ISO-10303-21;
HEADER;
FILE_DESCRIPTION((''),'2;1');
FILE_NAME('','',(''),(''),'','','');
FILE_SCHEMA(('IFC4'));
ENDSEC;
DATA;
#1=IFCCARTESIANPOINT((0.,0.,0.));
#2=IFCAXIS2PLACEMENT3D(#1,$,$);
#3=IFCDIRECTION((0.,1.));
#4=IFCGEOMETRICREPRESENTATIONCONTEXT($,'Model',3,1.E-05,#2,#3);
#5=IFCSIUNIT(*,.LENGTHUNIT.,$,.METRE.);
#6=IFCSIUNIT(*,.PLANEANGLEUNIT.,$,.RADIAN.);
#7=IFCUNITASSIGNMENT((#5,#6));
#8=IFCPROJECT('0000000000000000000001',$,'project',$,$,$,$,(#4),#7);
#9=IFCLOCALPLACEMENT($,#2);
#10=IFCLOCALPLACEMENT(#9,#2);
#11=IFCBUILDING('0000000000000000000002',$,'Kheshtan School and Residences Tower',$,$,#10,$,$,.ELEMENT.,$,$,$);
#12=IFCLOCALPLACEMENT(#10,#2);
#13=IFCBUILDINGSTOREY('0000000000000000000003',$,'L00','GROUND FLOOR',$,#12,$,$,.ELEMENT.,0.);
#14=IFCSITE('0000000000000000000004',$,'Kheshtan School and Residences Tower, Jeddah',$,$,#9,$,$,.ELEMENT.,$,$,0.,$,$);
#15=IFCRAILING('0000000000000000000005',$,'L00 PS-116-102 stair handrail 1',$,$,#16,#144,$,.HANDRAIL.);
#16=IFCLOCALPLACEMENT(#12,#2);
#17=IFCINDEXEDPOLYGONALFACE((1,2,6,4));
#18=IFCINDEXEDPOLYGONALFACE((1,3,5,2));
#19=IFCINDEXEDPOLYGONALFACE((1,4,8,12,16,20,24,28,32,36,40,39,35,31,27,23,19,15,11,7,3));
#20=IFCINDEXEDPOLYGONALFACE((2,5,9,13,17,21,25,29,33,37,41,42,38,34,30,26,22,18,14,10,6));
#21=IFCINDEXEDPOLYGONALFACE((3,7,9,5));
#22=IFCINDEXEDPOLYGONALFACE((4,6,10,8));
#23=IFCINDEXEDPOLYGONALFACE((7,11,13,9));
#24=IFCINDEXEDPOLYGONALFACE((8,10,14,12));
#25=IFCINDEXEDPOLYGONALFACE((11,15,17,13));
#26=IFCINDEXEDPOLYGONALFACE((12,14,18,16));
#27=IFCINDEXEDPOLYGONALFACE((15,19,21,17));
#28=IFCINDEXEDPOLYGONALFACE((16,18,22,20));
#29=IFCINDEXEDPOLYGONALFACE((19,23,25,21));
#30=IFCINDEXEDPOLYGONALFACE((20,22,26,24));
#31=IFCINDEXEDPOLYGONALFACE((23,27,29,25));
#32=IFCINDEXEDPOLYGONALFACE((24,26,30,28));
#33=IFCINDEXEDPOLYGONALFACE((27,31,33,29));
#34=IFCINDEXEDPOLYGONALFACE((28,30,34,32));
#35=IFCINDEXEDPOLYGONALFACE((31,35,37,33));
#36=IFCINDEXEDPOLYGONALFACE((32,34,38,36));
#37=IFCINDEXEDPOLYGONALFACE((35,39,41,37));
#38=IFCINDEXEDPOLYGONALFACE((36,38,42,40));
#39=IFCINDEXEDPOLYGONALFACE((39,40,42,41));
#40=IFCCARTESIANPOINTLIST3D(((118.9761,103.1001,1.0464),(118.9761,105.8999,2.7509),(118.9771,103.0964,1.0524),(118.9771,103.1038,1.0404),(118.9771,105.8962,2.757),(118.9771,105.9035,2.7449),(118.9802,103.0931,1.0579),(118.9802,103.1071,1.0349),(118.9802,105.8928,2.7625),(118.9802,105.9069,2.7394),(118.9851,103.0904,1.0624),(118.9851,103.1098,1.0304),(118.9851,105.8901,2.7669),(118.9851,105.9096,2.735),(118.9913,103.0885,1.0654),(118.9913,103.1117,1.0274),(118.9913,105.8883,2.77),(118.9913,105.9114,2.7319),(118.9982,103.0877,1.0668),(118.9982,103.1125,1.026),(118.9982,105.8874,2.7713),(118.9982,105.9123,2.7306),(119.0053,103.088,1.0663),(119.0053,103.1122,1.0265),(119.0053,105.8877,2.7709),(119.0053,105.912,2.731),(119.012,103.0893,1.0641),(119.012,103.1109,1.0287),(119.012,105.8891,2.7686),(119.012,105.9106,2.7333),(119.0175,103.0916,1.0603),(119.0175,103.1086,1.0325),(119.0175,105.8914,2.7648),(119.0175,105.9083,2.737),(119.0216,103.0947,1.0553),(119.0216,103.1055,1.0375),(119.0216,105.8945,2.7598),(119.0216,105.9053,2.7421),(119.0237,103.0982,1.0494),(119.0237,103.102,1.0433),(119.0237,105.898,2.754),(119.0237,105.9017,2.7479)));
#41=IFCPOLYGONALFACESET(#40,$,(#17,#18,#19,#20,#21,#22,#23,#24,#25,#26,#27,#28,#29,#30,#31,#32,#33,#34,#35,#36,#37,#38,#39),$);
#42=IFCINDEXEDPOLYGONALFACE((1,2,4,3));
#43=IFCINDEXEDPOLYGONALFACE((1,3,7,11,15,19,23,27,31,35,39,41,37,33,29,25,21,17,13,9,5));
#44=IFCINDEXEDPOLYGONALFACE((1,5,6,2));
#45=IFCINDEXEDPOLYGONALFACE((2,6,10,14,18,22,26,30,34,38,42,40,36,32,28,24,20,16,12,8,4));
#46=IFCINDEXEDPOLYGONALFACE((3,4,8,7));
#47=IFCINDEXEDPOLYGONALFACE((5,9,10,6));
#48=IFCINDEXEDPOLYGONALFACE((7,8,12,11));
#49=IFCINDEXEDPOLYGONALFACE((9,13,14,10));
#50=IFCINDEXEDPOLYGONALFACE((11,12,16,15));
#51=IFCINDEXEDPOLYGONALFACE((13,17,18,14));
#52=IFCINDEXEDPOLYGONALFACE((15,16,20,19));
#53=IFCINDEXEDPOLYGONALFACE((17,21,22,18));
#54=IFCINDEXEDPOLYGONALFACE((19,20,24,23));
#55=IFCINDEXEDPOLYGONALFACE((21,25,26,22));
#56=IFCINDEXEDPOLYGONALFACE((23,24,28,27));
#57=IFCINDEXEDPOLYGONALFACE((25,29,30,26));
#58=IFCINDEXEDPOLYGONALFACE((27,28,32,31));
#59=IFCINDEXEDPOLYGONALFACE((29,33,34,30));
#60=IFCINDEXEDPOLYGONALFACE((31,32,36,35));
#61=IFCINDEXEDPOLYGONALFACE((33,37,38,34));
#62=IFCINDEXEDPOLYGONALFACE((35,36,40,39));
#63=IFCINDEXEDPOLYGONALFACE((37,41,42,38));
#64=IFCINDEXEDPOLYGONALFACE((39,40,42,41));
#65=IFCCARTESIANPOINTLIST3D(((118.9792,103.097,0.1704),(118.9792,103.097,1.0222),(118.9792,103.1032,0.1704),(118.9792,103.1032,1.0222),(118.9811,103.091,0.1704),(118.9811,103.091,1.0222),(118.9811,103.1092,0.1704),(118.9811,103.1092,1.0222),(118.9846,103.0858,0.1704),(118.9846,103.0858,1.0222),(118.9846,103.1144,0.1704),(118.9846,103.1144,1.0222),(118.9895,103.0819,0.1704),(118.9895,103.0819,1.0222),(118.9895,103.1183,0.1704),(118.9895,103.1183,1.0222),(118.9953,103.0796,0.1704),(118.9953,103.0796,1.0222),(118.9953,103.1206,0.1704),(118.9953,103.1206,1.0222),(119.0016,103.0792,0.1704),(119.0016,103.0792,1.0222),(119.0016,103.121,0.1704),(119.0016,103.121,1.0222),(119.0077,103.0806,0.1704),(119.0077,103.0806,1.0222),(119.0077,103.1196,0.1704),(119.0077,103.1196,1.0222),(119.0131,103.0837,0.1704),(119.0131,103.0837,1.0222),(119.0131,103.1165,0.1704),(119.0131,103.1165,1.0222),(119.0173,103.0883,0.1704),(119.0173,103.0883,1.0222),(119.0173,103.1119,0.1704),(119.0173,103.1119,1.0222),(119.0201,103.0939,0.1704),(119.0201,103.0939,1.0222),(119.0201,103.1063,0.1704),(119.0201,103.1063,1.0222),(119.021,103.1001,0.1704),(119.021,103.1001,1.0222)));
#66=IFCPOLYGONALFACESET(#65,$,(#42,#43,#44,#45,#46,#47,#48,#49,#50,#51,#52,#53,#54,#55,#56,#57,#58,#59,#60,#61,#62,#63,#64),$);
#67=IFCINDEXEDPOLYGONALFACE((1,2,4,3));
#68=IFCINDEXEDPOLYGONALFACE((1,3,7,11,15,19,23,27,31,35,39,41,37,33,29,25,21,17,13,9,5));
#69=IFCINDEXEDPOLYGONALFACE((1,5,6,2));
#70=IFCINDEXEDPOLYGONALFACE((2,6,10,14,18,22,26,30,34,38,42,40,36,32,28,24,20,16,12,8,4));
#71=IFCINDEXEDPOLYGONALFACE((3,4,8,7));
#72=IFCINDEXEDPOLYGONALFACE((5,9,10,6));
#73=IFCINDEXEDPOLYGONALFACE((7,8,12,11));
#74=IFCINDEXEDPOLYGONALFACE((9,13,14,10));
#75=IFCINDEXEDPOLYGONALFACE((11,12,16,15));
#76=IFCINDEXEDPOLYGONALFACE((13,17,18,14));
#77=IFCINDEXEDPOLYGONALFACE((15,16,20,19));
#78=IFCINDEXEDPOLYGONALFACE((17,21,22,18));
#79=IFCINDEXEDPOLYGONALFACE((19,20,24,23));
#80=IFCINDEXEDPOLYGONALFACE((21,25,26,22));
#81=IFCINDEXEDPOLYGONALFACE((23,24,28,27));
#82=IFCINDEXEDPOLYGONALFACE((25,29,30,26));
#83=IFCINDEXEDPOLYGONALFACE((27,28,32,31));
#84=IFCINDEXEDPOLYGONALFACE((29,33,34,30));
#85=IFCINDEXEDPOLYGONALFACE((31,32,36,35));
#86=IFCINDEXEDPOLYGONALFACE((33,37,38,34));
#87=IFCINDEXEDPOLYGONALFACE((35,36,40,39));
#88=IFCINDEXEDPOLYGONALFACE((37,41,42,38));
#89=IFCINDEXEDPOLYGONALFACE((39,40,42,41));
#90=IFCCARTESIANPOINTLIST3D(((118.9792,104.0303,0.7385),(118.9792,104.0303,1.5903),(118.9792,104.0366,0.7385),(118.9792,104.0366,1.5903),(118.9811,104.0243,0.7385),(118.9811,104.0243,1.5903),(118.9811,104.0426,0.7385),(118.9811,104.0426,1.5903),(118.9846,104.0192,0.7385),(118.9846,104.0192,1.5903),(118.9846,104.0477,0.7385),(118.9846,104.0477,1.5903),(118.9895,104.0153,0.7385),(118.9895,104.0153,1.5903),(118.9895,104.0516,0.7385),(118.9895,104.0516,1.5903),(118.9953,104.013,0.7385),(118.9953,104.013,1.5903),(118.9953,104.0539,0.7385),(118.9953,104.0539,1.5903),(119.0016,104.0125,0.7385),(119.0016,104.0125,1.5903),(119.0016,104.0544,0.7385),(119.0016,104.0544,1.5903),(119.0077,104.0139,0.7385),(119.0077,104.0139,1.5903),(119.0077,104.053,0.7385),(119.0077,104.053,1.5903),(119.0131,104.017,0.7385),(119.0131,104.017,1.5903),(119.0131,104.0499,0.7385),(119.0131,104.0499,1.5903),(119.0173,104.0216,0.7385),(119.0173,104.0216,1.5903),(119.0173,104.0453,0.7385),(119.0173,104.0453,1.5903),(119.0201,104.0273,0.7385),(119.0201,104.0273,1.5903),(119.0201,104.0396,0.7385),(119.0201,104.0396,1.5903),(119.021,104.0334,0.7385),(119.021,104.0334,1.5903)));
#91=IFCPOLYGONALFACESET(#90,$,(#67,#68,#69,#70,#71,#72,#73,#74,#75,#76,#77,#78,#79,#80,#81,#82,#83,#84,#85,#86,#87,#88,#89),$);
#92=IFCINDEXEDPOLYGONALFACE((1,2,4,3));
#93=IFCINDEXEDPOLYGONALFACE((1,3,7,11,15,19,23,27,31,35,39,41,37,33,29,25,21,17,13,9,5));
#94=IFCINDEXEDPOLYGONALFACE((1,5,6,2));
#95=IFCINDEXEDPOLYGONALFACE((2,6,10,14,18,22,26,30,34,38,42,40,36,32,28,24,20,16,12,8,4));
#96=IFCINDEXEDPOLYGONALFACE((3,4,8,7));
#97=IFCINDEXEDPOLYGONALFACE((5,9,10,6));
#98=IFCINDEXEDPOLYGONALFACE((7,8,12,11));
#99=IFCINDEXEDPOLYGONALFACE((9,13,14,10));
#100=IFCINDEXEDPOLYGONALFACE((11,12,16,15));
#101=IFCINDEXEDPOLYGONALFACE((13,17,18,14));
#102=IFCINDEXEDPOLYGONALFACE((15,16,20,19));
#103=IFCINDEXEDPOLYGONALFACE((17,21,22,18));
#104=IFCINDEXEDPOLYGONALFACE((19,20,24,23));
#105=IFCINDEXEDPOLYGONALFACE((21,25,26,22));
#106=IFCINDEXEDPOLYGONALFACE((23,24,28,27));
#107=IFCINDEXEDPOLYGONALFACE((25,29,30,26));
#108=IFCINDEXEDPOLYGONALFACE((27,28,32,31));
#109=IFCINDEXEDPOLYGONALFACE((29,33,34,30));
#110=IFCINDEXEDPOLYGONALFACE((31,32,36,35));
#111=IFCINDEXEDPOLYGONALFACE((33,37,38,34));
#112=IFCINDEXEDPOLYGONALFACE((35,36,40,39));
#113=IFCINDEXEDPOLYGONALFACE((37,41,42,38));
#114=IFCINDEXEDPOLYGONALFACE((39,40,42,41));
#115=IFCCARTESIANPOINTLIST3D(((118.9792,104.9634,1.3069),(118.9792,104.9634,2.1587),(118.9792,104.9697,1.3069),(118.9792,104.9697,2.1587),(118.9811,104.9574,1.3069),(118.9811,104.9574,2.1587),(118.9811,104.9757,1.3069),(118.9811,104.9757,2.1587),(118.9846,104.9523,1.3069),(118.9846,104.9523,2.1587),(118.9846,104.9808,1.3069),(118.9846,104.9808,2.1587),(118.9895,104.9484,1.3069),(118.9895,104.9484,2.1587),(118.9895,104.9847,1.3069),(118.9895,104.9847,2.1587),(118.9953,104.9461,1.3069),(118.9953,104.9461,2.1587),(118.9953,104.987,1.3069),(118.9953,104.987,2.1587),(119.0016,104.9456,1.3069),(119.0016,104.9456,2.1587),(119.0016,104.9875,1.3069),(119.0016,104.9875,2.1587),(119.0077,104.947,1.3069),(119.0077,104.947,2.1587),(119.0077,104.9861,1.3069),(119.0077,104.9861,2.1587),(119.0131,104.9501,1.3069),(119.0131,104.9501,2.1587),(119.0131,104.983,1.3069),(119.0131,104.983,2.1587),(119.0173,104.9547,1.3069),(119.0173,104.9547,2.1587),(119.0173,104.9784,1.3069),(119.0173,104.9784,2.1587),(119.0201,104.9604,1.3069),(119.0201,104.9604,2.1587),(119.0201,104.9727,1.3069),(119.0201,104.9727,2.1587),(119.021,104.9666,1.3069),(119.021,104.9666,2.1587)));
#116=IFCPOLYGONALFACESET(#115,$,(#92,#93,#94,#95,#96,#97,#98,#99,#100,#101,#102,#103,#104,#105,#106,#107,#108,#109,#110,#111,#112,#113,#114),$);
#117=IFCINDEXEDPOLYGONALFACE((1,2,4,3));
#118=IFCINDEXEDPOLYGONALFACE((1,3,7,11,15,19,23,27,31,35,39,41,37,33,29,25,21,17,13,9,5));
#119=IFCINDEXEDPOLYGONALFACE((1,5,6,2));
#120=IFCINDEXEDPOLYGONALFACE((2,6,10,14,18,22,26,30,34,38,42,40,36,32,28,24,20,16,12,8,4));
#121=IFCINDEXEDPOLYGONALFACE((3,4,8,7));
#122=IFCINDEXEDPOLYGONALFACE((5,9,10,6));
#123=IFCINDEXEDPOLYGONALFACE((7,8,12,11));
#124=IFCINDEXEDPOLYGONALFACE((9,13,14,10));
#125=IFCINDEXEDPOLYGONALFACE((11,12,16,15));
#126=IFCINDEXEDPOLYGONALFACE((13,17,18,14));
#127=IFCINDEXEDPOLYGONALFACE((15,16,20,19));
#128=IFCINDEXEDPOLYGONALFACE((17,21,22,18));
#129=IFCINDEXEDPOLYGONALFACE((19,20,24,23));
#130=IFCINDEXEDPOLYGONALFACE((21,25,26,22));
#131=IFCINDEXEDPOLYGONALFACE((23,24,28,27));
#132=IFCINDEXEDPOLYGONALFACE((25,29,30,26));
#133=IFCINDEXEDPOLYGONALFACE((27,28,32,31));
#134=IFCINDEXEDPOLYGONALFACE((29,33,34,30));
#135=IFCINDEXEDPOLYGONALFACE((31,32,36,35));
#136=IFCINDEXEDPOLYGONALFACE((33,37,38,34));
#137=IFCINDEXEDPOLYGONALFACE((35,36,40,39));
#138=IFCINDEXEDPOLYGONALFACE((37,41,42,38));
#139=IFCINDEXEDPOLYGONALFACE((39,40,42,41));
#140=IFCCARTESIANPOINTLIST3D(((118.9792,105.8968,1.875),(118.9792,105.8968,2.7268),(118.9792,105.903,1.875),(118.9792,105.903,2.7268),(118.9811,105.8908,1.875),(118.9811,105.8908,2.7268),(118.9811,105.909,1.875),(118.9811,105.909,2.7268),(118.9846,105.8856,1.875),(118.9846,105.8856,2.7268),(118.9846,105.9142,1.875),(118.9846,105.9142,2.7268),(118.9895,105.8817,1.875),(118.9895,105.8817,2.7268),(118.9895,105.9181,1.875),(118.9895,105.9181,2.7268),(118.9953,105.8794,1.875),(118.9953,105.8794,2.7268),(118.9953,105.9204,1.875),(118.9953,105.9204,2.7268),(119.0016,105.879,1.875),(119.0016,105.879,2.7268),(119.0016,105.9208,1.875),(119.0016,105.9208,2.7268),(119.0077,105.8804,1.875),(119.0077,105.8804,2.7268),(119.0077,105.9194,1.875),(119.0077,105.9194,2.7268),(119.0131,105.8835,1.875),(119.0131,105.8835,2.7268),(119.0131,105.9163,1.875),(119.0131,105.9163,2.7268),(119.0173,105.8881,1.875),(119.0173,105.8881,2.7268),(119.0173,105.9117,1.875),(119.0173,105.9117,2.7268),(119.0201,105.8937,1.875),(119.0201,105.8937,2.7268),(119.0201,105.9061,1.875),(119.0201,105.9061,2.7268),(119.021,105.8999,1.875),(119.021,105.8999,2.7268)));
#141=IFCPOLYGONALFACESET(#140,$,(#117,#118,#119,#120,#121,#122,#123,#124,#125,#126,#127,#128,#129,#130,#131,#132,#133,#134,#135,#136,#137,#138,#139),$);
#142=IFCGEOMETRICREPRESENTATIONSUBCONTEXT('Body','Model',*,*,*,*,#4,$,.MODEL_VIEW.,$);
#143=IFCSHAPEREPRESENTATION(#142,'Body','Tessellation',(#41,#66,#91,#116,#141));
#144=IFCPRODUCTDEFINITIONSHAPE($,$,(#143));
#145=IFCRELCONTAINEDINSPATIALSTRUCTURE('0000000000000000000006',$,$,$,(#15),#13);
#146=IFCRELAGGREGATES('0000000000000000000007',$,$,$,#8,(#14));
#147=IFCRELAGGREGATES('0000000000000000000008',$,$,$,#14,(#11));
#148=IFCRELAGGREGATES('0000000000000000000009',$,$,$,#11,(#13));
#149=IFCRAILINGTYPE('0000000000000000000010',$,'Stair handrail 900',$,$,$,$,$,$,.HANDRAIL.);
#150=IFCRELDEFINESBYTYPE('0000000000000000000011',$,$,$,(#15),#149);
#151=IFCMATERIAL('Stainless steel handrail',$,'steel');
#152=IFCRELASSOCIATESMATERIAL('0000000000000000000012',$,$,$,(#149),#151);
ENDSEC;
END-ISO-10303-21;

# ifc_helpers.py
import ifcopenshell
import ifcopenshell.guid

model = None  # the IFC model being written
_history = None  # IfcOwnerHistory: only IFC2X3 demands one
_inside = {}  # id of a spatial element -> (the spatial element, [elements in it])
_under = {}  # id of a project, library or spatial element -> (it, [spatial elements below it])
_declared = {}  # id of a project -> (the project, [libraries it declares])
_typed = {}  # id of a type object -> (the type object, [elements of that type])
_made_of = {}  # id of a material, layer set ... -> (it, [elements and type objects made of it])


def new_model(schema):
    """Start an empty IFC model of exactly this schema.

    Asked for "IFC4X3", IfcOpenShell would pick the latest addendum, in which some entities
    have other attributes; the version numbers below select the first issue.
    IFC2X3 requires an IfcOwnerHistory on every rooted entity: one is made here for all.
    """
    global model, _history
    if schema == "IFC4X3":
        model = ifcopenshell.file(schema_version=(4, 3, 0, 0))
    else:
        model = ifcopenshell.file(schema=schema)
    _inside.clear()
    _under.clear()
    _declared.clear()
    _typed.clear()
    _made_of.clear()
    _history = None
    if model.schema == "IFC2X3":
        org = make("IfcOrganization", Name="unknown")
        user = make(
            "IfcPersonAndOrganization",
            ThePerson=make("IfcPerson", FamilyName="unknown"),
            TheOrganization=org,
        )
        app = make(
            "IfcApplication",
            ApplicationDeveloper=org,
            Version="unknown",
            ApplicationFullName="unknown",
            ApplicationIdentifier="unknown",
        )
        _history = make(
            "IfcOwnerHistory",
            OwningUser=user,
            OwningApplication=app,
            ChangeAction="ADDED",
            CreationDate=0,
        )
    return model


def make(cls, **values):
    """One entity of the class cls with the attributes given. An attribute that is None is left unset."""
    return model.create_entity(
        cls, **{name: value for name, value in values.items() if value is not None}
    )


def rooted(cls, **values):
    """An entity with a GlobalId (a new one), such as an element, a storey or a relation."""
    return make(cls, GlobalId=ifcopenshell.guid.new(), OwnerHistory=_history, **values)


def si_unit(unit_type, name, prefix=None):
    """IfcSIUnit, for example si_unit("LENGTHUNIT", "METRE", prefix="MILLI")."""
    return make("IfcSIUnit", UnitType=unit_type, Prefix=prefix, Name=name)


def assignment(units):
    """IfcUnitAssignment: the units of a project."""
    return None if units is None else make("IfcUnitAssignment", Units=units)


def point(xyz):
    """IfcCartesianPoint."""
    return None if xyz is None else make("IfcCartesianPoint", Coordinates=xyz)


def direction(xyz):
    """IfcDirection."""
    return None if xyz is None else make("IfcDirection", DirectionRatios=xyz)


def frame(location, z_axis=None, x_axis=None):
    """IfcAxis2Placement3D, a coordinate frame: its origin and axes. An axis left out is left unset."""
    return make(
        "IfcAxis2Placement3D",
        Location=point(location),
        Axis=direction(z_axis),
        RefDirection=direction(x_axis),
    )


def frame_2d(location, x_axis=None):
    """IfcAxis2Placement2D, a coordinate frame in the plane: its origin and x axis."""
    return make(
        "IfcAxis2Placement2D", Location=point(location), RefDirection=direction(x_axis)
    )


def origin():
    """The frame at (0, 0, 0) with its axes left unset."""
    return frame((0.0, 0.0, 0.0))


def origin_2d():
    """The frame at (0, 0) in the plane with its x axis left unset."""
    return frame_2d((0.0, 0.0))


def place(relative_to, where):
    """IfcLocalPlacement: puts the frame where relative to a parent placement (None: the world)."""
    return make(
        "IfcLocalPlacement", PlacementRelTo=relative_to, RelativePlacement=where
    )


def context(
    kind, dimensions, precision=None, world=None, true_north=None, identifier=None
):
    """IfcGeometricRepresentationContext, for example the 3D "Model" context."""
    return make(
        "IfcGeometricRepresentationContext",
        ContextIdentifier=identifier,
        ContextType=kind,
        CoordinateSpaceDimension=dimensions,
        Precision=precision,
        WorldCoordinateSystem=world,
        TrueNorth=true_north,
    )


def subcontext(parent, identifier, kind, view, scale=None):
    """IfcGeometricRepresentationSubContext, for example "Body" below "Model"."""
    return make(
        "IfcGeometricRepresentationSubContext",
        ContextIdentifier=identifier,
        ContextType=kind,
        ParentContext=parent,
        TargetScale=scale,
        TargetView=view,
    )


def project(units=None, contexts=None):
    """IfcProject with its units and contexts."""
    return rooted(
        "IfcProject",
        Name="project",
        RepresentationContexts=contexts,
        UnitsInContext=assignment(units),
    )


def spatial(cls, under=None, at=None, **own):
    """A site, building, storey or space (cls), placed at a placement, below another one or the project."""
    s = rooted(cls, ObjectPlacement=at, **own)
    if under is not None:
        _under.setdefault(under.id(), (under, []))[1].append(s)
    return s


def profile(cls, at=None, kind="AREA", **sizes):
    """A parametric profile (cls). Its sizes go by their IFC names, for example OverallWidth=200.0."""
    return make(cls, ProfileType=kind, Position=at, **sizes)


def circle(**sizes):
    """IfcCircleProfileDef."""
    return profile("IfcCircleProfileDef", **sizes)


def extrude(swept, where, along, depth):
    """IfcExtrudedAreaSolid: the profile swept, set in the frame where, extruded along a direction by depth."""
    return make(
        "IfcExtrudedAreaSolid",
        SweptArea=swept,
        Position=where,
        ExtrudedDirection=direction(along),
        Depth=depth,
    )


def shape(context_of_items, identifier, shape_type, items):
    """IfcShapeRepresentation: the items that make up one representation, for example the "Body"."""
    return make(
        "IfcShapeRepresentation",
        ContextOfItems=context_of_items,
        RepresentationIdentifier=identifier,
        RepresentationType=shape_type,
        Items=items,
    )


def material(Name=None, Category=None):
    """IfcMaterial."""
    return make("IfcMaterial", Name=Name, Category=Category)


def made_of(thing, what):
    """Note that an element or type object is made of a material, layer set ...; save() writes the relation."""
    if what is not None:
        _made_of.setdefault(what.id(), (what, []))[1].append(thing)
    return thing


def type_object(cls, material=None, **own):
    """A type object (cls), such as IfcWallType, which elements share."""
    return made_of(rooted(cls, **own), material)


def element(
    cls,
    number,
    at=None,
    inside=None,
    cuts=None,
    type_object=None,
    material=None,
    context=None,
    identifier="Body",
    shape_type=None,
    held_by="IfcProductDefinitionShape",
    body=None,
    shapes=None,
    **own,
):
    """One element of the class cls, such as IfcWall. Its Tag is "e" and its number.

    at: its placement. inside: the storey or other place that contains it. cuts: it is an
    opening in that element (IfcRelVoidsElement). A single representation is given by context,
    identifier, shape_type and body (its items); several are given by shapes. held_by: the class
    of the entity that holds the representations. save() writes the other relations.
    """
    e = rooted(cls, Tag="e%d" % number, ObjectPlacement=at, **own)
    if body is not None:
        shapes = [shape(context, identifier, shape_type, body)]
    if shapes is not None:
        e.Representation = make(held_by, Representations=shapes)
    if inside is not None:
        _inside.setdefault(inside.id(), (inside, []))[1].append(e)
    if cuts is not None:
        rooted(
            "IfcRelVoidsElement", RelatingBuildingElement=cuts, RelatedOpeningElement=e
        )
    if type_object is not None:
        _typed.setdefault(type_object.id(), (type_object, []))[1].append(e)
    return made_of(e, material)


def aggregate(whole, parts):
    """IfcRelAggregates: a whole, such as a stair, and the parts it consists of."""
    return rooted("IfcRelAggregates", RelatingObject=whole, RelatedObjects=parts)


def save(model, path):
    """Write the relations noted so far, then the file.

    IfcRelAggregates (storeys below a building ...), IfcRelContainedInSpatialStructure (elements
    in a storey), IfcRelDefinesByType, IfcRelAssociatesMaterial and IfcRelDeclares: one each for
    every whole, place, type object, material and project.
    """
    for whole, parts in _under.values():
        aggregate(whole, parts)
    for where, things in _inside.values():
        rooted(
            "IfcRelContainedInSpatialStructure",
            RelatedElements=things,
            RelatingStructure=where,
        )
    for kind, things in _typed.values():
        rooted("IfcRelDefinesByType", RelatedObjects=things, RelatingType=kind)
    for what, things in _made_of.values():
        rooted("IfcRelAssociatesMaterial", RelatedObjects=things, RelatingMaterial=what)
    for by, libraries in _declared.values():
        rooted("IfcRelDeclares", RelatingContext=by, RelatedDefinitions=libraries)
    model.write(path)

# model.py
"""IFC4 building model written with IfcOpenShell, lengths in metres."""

from ifc_helpers import new_model, si_unit, direction, frame, origin, origin_2d, place, context, subcontext, project, spatial, circle, extrude, material, type_object, element, save


model = new_model("IFC4")

# Units and contexts
model_context = context("Model", 3, precision=1e-05, world=origin(), true_north=direction((0.0, 1.0)))
body_context = subcontext(model_context, "Body", "Model", "MODEL_VIEW")
ifc_project = project(units=[si_unit("LENGTHUNIT", "METRE"), si_unit("PLANEANGLEUNIT", "RADIAN")], contexts=[model_context])

# Site, building, storey
site_placement = place(None, origin())
site = spatial("IfcSite", under=ifc_project, at=site_placement, Name="Kheshtan School and Residences Tower, Jeddah", CompositionType="ELEMENT", RefElevation=0.0)
building_placement = place(site_placement, origin())
building = spatial("IfcBuilding", under=site, at=building_placement, Name="Kheshtan School and Residences Tower", CompositionType="ELEMENT")
storey_placement = place(building_placement, origin())
storey = spatial("IfcBuildingStorey", under=building, at=storey_placement, Name="L00", Description="GROUND FLOOR", CompositionType="ELEMENT", Elevation=0.0)

# Railing
ifc_material_1 = material(Name="Stainless steel handrail", Category="steel")
railing_type_1 = type_object("IfcRailingType", Name="Stair handrail 900", PredefinedType="HANDRAIL", material=ifc_material_1)
for number, where, name in (
    (1, (119.0, 103.1001, 0.1704), "L00 PS-116-102 stair handrail 1"),
):
    element("IfcRailing", number, at=place(storey_placement, frame(where)), inside=storey, type_object=railing_type_1, Name=name, PredefinedType="HANDRAIL", context=body_context, shape_type="SweptSolid", body=[
        extrude(circle(Radius=0.0239, at=origin_2d()), frame((0.0, 0.0, 0.876), z_axis=(0.0, 0.85415, 0.520027), x_axis=(-1.0, 0.0, 0.0)), (0.0, 0.0, 1.0), 3.2778),
        extrude(circle(Radius=0.021, at=origin_2d()), origin(), (0.0, 0.0, 1.0), 0.8518),
        extrude(circle(Radius=0.021, at=origin_2d()), frame((0.0, 0.9333, 0.5681)), (0.0, 0.0, 1.0), 0.8518),
        extrude(circle(Radius=0.021, at=origin_2d()), frame((0.0, 1.8665, 1.1365)), (0.0, 0.0, 1.0), 0.8518),
        extrude(circle(Radius=0.021, at=origin_2d()), frame((0.0, 2.7998, 1.7046)), (0.0, 0.0, 1.0), 0.8518),
    ])

save(model, "model.ifc")
